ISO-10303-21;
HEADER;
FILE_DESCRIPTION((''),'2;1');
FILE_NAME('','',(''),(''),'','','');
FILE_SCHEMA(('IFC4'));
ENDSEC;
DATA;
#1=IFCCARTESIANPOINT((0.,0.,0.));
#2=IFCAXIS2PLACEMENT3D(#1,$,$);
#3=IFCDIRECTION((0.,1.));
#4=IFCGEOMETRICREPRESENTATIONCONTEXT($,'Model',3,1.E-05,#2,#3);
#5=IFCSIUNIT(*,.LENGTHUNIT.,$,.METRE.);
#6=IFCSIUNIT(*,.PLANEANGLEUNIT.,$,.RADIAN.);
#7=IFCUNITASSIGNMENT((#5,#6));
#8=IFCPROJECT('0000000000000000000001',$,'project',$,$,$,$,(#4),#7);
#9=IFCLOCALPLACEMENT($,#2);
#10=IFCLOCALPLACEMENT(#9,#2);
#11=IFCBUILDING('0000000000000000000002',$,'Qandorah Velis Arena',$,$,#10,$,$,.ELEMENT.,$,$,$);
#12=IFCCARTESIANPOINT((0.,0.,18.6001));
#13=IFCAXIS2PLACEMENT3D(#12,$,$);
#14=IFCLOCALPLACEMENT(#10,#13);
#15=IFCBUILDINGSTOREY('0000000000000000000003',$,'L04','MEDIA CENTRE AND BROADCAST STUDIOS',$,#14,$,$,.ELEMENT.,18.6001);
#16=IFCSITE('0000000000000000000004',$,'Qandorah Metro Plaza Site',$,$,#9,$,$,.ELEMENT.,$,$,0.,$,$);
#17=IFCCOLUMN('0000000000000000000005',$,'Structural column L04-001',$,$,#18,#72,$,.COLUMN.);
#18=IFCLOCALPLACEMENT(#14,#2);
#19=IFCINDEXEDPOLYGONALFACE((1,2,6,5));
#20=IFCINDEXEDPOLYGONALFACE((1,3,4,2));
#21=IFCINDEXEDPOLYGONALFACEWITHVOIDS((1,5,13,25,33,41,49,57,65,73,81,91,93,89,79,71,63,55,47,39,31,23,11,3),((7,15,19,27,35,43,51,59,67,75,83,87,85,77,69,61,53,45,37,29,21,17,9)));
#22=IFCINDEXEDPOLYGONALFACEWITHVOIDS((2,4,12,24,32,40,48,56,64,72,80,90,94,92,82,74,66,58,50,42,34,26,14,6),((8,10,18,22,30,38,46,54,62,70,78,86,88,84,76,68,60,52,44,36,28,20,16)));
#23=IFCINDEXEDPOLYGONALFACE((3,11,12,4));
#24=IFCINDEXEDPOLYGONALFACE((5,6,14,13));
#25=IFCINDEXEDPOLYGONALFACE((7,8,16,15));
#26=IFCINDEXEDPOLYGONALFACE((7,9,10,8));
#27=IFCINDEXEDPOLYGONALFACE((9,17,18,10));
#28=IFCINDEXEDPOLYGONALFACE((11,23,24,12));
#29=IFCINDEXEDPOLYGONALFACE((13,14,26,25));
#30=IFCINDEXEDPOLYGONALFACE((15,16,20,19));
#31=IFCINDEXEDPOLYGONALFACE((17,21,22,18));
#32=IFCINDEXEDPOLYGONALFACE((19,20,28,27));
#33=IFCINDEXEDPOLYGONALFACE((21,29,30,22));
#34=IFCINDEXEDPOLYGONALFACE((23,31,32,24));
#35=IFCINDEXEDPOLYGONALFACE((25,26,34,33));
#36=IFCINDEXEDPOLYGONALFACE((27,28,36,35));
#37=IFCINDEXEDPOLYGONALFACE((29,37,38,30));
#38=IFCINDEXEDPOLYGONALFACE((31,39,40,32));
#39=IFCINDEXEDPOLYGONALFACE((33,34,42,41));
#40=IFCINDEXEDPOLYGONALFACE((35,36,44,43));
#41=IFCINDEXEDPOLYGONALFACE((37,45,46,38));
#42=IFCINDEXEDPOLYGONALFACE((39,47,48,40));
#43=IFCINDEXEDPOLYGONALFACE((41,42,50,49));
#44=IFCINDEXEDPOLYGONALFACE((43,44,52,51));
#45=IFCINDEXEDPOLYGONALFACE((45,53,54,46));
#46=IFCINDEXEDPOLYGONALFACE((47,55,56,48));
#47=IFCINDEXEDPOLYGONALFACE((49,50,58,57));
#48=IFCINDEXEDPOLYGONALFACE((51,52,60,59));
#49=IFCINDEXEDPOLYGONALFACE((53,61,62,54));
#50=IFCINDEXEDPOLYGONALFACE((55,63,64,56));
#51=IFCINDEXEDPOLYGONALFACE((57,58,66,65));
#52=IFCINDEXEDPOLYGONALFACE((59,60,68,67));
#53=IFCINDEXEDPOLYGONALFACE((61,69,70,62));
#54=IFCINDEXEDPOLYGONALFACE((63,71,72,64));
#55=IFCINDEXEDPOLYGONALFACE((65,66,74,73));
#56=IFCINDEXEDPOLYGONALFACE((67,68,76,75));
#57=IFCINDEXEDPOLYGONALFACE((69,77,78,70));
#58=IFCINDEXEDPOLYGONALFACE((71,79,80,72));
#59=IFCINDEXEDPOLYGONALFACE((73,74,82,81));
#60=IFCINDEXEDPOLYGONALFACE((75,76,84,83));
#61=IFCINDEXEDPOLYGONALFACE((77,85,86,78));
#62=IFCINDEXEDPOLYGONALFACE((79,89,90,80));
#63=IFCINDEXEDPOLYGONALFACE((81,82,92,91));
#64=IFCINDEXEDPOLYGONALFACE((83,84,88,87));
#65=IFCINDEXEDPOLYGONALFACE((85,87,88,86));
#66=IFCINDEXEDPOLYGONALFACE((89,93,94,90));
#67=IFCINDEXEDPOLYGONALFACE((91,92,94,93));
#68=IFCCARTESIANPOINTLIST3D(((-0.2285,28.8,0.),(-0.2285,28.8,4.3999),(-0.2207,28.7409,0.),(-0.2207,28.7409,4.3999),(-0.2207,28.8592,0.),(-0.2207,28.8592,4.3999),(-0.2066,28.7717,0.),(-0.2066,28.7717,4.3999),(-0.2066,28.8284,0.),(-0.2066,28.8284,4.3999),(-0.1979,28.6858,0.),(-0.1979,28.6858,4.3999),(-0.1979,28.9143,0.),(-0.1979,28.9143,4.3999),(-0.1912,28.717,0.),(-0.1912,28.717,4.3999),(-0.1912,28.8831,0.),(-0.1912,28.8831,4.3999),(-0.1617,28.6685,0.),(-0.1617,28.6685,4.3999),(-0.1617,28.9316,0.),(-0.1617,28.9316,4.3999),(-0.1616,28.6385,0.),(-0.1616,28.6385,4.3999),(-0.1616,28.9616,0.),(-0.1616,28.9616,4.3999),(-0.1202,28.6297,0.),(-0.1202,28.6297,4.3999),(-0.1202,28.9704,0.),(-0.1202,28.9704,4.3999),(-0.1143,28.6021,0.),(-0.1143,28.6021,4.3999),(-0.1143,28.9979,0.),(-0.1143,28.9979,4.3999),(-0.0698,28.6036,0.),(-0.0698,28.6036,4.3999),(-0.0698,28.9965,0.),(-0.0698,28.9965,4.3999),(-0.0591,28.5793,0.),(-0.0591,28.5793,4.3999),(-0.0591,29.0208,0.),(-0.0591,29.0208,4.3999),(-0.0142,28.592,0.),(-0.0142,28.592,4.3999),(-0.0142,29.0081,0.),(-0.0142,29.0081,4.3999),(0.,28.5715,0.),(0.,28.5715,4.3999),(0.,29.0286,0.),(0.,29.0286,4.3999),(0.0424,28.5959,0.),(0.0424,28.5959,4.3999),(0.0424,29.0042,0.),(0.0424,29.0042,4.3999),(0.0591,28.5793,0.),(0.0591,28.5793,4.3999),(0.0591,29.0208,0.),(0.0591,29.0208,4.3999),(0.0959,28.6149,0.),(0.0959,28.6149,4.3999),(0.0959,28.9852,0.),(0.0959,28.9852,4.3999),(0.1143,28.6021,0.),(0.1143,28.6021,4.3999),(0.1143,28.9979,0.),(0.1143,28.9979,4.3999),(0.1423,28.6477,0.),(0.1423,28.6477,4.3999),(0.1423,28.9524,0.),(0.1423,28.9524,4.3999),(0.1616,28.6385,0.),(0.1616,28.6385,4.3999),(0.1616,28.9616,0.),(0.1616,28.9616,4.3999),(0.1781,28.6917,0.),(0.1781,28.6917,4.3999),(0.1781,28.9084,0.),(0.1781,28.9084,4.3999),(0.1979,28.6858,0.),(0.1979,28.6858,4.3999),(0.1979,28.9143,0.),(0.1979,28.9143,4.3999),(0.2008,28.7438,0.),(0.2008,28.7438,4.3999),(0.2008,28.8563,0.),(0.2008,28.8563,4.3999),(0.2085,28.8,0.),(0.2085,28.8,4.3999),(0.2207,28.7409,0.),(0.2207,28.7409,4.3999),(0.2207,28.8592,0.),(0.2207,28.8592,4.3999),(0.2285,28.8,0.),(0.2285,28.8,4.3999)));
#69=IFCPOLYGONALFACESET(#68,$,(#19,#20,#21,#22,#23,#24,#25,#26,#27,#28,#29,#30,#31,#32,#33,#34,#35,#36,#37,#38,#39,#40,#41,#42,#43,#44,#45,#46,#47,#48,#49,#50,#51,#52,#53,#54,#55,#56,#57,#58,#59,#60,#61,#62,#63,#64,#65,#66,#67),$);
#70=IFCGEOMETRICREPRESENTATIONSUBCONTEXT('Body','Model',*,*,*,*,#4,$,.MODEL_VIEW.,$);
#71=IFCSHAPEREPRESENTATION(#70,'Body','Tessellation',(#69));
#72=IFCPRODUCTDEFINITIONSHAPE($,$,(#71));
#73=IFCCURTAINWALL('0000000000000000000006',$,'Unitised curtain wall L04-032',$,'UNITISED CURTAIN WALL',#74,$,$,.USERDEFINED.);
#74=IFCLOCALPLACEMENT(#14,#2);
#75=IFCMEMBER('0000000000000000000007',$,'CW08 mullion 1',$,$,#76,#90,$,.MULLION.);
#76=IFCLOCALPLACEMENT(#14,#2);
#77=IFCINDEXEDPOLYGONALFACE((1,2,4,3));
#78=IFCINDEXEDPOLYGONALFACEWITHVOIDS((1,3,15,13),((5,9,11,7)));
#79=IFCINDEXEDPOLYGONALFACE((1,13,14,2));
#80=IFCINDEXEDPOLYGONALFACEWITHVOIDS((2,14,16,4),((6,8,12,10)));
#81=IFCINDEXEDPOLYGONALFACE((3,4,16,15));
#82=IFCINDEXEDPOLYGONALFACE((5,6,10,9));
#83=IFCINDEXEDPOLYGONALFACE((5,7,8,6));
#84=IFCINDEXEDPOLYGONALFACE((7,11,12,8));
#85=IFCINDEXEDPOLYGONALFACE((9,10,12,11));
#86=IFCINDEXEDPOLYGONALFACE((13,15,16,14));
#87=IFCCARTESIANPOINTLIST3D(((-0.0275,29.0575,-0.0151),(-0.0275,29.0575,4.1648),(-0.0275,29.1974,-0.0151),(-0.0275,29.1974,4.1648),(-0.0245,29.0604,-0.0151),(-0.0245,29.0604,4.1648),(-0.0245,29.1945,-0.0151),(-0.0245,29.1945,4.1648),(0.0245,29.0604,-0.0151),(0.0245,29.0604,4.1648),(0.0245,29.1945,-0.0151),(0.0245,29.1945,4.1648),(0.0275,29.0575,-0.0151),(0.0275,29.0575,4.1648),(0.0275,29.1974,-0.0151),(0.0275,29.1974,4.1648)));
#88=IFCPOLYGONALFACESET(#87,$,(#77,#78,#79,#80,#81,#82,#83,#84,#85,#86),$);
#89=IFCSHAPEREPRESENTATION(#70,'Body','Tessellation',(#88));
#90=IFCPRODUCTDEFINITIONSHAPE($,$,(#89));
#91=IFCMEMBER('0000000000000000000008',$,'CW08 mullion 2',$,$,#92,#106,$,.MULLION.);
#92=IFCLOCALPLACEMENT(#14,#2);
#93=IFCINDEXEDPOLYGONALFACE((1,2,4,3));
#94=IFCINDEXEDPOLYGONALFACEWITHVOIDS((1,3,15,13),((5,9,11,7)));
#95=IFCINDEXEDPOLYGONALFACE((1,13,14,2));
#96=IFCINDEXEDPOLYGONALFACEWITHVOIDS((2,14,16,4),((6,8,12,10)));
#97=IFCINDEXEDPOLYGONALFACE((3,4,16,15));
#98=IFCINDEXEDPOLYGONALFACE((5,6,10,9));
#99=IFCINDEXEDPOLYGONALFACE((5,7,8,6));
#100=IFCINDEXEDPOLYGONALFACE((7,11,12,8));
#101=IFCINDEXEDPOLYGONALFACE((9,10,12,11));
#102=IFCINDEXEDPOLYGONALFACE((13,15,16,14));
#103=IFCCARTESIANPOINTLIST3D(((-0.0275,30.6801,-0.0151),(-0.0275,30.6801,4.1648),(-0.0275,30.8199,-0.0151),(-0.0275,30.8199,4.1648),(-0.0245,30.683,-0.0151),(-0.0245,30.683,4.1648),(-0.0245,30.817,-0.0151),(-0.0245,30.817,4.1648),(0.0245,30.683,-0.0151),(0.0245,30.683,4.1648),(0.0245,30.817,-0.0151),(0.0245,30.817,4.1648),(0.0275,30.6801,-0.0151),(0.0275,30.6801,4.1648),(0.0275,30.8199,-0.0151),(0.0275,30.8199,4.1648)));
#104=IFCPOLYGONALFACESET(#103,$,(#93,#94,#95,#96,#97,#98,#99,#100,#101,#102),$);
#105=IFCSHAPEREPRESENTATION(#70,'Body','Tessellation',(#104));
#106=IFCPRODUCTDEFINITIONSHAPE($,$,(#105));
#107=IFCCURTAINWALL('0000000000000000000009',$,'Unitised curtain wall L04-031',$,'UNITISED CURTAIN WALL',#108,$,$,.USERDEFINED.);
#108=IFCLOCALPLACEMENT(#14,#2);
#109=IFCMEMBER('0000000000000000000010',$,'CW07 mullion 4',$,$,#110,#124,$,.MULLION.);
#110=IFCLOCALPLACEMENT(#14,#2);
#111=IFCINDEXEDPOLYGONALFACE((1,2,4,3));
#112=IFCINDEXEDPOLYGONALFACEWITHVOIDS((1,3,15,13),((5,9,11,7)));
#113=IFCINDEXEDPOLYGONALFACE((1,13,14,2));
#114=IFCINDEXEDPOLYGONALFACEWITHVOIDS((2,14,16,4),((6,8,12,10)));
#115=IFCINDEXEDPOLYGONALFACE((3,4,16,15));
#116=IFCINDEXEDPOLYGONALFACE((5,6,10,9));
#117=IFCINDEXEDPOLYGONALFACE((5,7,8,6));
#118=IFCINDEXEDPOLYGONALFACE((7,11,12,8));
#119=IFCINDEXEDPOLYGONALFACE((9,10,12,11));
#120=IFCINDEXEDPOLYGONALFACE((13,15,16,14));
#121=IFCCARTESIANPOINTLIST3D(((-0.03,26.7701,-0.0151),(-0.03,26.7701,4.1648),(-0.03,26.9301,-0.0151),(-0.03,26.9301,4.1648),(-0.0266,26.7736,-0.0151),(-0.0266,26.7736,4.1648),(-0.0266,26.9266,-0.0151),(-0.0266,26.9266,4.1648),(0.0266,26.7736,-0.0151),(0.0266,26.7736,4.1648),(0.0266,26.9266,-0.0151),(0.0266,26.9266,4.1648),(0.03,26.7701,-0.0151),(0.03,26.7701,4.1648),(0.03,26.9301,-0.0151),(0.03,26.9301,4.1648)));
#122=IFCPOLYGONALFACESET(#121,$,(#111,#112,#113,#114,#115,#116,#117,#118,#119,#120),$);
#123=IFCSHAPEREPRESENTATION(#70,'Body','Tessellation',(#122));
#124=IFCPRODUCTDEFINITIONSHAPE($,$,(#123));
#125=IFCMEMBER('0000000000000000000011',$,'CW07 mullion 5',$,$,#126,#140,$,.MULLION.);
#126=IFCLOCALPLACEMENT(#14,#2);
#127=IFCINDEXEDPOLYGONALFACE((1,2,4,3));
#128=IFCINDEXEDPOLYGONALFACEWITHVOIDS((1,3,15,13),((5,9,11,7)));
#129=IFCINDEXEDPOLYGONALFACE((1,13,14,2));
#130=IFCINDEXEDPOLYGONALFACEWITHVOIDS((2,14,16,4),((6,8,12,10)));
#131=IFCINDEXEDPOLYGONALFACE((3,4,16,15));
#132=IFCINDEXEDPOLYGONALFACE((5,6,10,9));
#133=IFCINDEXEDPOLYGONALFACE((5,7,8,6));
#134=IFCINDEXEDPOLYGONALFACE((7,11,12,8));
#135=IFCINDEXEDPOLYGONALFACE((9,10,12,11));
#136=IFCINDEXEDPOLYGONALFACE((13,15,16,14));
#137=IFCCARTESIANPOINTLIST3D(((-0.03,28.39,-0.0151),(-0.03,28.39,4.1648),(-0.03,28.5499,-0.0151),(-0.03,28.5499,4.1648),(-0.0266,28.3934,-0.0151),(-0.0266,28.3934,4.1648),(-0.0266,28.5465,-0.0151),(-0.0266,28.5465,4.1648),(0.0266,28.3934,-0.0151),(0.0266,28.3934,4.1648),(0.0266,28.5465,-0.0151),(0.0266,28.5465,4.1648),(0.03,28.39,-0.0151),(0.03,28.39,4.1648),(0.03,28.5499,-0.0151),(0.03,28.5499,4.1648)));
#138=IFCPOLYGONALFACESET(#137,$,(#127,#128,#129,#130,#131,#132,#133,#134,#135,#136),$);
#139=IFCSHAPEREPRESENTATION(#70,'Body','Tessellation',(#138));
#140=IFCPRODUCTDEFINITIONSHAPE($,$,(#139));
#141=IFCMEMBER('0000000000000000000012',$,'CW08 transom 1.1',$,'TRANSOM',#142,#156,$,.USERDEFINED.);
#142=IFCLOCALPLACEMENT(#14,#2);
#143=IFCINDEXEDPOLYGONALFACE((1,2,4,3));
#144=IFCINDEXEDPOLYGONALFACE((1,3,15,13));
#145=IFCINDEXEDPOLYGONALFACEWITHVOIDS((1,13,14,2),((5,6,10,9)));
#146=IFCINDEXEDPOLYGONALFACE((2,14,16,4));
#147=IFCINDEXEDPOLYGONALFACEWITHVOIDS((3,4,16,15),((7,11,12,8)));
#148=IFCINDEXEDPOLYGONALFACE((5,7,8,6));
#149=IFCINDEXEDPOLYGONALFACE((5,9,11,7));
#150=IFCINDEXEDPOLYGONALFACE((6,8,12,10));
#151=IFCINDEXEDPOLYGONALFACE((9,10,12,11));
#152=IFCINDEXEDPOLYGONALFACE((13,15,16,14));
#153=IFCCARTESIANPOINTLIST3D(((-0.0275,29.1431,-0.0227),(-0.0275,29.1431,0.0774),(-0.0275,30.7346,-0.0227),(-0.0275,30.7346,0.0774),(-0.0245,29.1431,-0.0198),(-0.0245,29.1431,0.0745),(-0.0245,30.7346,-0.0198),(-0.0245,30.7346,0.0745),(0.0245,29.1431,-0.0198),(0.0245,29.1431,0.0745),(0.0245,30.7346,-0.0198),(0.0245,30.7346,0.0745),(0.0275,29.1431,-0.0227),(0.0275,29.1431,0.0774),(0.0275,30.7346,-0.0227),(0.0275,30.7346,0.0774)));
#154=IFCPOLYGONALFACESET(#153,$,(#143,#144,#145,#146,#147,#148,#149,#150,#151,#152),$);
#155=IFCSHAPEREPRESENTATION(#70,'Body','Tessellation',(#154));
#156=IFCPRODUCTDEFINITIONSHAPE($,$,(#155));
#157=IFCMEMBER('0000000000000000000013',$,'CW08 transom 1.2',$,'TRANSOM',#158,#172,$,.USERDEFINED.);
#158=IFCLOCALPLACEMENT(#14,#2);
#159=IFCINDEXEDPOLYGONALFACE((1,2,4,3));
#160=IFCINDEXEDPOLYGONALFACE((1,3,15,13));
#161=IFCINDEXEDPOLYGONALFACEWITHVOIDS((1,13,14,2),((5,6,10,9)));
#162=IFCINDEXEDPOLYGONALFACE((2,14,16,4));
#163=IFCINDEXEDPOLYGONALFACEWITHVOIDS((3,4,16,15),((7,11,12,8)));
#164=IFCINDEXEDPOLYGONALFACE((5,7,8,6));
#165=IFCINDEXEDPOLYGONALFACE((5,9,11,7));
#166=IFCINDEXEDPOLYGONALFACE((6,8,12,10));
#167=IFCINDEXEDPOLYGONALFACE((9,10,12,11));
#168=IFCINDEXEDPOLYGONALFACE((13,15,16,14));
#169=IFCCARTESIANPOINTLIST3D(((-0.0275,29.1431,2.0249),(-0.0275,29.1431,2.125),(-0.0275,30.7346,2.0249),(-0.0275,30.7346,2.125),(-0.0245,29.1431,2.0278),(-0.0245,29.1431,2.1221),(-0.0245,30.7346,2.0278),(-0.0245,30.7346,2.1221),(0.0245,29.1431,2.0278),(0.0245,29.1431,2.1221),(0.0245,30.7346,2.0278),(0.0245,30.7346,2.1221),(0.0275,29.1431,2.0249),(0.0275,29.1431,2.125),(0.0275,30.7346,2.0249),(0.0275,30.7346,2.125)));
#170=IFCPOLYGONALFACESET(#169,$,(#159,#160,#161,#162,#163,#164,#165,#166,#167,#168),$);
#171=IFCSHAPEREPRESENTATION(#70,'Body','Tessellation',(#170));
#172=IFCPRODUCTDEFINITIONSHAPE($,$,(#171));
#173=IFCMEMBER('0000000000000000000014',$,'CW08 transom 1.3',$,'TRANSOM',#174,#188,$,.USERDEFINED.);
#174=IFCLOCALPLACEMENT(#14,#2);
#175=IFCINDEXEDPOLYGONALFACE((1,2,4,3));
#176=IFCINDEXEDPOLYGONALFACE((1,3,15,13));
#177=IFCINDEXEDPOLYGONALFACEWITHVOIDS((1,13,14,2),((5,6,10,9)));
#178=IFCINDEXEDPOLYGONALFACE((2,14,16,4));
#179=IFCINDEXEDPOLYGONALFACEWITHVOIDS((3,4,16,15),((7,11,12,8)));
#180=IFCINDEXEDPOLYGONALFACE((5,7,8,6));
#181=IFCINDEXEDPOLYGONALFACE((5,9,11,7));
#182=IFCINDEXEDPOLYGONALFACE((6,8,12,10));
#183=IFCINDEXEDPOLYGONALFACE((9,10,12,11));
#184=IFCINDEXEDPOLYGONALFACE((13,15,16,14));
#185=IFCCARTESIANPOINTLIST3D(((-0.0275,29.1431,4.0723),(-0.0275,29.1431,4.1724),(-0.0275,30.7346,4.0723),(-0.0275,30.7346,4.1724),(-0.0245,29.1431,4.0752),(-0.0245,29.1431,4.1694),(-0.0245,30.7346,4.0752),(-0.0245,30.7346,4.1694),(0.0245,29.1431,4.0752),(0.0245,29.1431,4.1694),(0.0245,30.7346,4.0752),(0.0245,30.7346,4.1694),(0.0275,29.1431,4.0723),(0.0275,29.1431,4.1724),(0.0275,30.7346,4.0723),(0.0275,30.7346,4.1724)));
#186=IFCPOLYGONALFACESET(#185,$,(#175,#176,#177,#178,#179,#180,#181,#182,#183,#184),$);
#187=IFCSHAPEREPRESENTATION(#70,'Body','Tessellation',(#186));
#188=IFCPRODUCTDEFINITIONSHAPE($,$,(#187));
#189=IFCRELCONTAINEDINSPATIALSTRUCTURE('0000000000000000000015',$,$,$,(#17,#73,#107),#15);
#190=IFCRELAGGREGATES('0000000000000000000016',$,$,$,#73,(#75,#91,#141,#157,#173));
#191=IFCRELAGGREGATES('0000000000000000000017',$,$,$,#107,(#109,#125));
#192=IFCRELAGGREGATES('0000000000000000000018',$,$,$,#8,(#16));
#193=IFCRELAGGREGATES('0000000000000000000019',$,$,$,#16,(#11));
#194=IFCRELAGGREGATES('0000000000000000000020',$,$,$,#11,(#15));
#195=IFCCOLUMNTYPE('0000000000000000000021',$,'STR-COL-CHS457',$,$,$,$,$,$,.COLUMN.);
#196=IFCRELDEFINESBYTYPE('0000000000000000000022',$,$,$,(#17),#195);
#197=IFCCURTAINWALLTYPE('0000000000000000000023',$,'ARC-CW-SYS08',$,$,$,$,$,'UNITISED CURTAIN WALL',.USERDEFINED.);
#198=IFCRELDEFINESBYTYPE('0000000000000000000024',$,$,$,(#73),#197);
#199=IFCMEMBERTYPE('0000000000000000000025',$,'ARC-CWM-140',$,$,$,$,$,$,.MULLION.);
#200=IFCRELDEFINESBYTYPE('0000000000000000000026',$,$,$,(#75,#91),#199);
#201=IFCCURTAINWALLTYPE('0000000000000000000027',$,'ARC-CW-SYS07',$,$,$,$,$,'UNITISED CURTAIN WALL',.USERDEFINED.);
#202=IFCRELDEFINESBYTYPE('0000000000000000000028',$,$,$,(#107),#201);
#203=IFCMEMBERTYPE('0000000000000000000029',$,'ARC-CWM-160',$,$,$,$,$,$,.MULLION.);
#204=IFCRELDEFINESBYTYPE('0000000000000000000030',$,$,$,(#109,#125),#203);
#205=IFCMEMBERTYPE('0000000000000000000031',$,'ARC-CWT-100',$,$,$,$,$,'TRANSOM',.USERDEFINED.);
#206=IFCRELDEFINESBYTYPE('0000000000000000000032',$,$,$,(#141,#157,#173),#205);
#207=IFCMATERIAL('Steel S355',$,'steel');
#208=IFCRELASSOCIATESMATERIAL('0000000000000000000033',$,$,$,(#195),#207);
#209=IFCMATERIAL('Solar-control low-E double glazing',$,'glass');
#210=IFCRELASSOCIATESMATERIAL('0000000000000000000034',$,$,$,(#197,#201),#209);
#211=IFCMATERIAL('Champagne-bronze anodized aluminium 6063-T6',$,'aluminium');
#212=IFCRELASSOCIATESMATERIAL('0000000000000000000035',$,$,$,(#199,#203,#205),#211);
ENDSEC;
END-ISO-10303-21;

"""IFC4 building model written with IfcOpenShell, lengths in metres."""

from ifc_helpers import new_model, si_unit, direction, frame, origin, origin_2d, place, context, subcontext, project, spatial, hollow_rectangle, hollow_circle, extrude, material, material_profile, profile_set, type_object, element, aggregate, save


model = new_model("IFC4")

# Units and contexts
model_context = context("Model", 3, precision=1e-05, world=origin(), true_north=direction((0.0, 1.0)))
body_context = subcontext(model_context, "Body", "Model", "MODEL_VIEW")
ifc_project = project(units=[si_unit("LENGTHUNIT", "METRE"), si_unit("PLANEANGLEUNIT", "RADIAN")], contexts=[model_context])

# Site, building, storey
site_placement = place(None, origin())
site = spatial("IfcSite", under=ifc_project, at=site_placement, Name="Qandorah Metro Plaza Site", CompositionType="ELEMENT", RefElevation=0.0)
building_placement = place(site_placement, origin())
building = spatial("IfcBuilding", under=site, at=building_placement, Name="Qandorah Velis Arena", CompositionType="ELEMENT")
storey_placement = place(building_placement, frame((0.0, 0.0, 18.6001)))
storey = spatial("IfcBuildingStorey", under=building, at=storey_placement, Name="L04", Description="MEDIA CENTRE AND BROADCAST STUDIOS", CompositionType="ELEMENT", Elevation=18.6001)

# Column
ifc_material_1 = material(Name="Steel S355", Category="steel")
ifc_material_profile_1 = material_profile(ifc_material_1, hollow_circle(Radius=0.2285, WallThickness=0.02, at=origin_2d()), Name="CHS 457x20")
ifc_profile_set_1 = profile_set([ifc_material_profile_1], Name="Steel S355")
column_type = type_object("IfcColumnType", Name="STR-COL-CHS457", PredefinedType="COLUMN", material=ifc_profile_set_1)
column_placement = place(storey_placement, frame((0.0, 28.8, 0.0), z_axis=(0.0, 0.0, 1.0), x_axis=(1.0, 0.0, 0.0)))
element("IfcColumn", 1, at=column_placement, inside=storey, type_object=column_type, Name="Structural column L04-001", PredefinedType="COLUMN", context=body_context, shape_type="SweptSolid", body=[
    extrude(hollow_circle(Radius=0.2285, WallThickness=0.02, at=origin_2d()), origin(), (0.0, 0.0, 1.0), 4.3999),
])

# Curtain walls, members
ifc_material_2 = material(Name="Solar-control low-E double glazing", Category="glass")
curtain_wall_type_1 = type_object("IfcCurtainWallType", Name="ARC-CW-SYS08", ElementType="UNITISED CURTAIN WALL", PredefinedType="USERDEFINED", material=ifc_material_2)
curtain_wall_1_placement = place(storey_placement, origin())
curtain_wall_1 = element("IfcCurtainWall", 2, at=curtain_wall_1_placement, inside=storey, type_object=curtain_wall_type_1, Name="Unitised curtain wall L04-032", ObjectType="UNITISED CURTAIN WALL", PredefinedType="USERDEFINED")
ifc_material_3 = material(Name="Champagne-bronze anodized aluminium 6063-T6", Category="aluminium")
ifc_material_profile_2 = material_profile(ifc_material_3, hollow_rectangle(XDim=0.0549, YDim=0.1399, WallThickness=0.0029, at=origin_2d()), Name="ALU MULLION 55x140")
ifc_profile_set_2 = profile_set([ifc_material_profile_2], Name="Champagne-bronze anodized aluminium 6063-T6")
member_type_1 = type_object("IfcMemberType", Name="ARC-CWM-140", PredefinedType="MULLION", material=ifc_profile_set_2)
member_1_placement = place(storey_placement, frame((0.0, 29.1274, -0.0151), z_axis=(0.0, 0.0, 1.0), x_axis=(-1.0, 0.0, 0.0)))
member_1 = element("IfcMember", 3, at=member_1_placement, type_object=member_type_1, Name="CW08 mullion 1", PredefinedType="MULLION", context=body_context, shape_type="SweptSolid", body=[
    extrude(hollow_rectangle(XDim=0.0549, YDim=0.1399, WallThickness=0.0029, at=origin_2d()), origin(), (0.0, 0.0, 1.0), 4.1799),
])
member_2_placement = place(storey_placement, frame((0.0, 30.75, -0.0151), z_axis=(0.0, 0.0, 1.0), x_axis=(-1.0, 0.0, 0.0)))
member_2 = element("IfcMember", 4, at=member_2_placement, type_object=member_type_1, Name="CW08 mullion 2", PredefinedType="MULLION", context=body_context, shape_type="SweptSolid", body=[
    extrude(hollow_rectangle(XDim=0.0549, YDim=0.1399, WallThickness=0.0029, at=origin_2d()), origin(), (0.0, 0.0, 1.0), 4.1799),
])
curtain_wall_type_2 = type_object("IfcCurtainWallType", Name="ARC-CW-SYS07", ElementType="UNITISED CURTAIN WALL", PredefinedType="USERDEFINED", material=ifc_material_2)
curtain_wall_2_placement = place(storey_placement, origin())
curtain_wall_2 = element("IfcCurtainWall", 5, at=curtain_wall_2_placement, inside=storey, type_object=curtain_wall_type_2, Name="Unitised curtain wall L04-031", ObjectType="UNITISED CURTAIN WALL", PredefinedType="USERDEFINED")
ifc_material_profile_3 = material_profile(ifc_material_3, hollow_rectangle(XDim=0.0601, YDim=0.1599, WallThickness=0.0034, at=origin_2d()), Name="ALU MULLION 60x160")
ifc_profile_set_3 = profile_set([ifc_material_profile_3], Name="Champagne-bronze anodized aluminium 6063-T6")
member_type_2 = type_object("IfcMemberType", Name="ARC-CWM-160", PredefinedType="MULLION", material=ifc_profile_set_3)
member_3_placement = place(storey_placement, frame((0.0, 26.8501, -0.0151), z_axis=(0.0, 0.0, 1.0), x_axis=(-1.0, 0.0, 0.0)))
member_3 = element("IfcMember", 6, at=member_3_placement, type_object=member_type_2, Name="CW07 mullion 4", PredefinedType="MULLION", context=body_context, shape_type="SweptSolid", body=[
    extrude(hollow_rectangle(XDim=0.0601, YDim=0.1599, WallThickness=0.0034, at=origin_2d()), origin(), (0.0, 0.0, 1.0), 4.1799),
])
member_4_placement = place(storey_placement, frame((0.0, 28.47, -0.0151), z_axis=(0.0, 0.0, 1.0), x_axis=(-1.0, 0.0, 0.0)))
member_4 = element("IfcMember", 7, at=member_4_placement, type_object=member_type_2, Name="CW07 mullion 5", PredefinedType="MULLION", context=body_context, shape_type="SweptSolid", body=[
    extrude(hollow_rectangle(XDim=0.0601, YDim=0.1599, WallThickness=0.0034, at=origin_2d()), origin(), (0.0, 0.0, 1.0), 4.1799),
])

# Members
ifc_material_profile_4 = material_profile(ifc_material_3, hollow_rectangle(XDim=0.0549, YDim=0.1001, WallThickness=0.0029, at=origin_2d()), Name="ALU TRANSOM 55x100")
ifc_profile_set_4 = profile_set([ifc_material_profile_4], Name="Champagne-bronze anodized aluminium 6063-T6")
member_type_3 = type_object("IfcMemberType", Name="ARC-CWT-100", ElementType="TRANSOM", PredefinedType="USERDEFINED", material=ifc_profile_set_4)
member_5_placement = place(storey_placement, frame((0.0, 29.1431, 0.0273), z_axis=(0.0, 1.0, 0.0), x_axis=(-1.0, 0.0, 0.0)))
member_5 = element("IfcMember", 8, at=member_5_placement, type_object=member_type_3, Name="CW08 transom 1.1", ObjectType="TRANSOM", PredefinedType="USERDEFINED", context=body_context, shape_type="SweptSolid", body=[
    extrude(hollow_rectangle(XDim=0.0549, YDim=0.1001, WallThickness=0.0029, at=origin_2d()), origin(), (0.0, 0.0, 1.0), 1.5916),
])
member_6_placement = place(storey_placement, frame((0.0, 29.1431, 2.075), z_axis=(0.0, 1.0, 0.0), x_axis=(-1.0, 0.0, 0.0)))
member_6 = element("IfcMember", 9, at=member_6_placement, type_object=member_type_3, Name="CW08 transom 1.2", ObjectType="TRANSOM", PredefinedType="USERDEFINED", context=body_context, shape_type="SweptSolid", body=[
    extrude(hollow_rectangle(XDim=0.0549, YDim=0.1001, WallThickness=0.0029, at=origin_2d()), origin(), (0.0, 0.0, 1.0), 1.5916),
])
member_7_placement = place(storey_placement, frame((0.0, 29.1431, 4.1223), z_axis=(0.0, 1.0, 0.0), x_axis=(-1.0, 0.0, 0.0)))
member_7 = element("IfcMember", 10, at=member_7_placement, type_object=member_type_3, Name="CW08 transom 1.3", ObjectType="TRANSOM", PredefinedType="USERDEFINED", context=body_context, shape_type="SweptSolid", body=[
    extrude(hollow_rectangle(XDim=0.0549, YDim=0.1001, WallThickness=0.0029, at=origin_2d()), origin(), (0.0, 0.0, 1.0), 1.5916),
])

aggregate(curtain_wall_1, [member_1, member_2, member_5, member_6, member_7])
aggregate(curtain_wall_2, [member_3, member_4])

save(model, "model.ifc")
